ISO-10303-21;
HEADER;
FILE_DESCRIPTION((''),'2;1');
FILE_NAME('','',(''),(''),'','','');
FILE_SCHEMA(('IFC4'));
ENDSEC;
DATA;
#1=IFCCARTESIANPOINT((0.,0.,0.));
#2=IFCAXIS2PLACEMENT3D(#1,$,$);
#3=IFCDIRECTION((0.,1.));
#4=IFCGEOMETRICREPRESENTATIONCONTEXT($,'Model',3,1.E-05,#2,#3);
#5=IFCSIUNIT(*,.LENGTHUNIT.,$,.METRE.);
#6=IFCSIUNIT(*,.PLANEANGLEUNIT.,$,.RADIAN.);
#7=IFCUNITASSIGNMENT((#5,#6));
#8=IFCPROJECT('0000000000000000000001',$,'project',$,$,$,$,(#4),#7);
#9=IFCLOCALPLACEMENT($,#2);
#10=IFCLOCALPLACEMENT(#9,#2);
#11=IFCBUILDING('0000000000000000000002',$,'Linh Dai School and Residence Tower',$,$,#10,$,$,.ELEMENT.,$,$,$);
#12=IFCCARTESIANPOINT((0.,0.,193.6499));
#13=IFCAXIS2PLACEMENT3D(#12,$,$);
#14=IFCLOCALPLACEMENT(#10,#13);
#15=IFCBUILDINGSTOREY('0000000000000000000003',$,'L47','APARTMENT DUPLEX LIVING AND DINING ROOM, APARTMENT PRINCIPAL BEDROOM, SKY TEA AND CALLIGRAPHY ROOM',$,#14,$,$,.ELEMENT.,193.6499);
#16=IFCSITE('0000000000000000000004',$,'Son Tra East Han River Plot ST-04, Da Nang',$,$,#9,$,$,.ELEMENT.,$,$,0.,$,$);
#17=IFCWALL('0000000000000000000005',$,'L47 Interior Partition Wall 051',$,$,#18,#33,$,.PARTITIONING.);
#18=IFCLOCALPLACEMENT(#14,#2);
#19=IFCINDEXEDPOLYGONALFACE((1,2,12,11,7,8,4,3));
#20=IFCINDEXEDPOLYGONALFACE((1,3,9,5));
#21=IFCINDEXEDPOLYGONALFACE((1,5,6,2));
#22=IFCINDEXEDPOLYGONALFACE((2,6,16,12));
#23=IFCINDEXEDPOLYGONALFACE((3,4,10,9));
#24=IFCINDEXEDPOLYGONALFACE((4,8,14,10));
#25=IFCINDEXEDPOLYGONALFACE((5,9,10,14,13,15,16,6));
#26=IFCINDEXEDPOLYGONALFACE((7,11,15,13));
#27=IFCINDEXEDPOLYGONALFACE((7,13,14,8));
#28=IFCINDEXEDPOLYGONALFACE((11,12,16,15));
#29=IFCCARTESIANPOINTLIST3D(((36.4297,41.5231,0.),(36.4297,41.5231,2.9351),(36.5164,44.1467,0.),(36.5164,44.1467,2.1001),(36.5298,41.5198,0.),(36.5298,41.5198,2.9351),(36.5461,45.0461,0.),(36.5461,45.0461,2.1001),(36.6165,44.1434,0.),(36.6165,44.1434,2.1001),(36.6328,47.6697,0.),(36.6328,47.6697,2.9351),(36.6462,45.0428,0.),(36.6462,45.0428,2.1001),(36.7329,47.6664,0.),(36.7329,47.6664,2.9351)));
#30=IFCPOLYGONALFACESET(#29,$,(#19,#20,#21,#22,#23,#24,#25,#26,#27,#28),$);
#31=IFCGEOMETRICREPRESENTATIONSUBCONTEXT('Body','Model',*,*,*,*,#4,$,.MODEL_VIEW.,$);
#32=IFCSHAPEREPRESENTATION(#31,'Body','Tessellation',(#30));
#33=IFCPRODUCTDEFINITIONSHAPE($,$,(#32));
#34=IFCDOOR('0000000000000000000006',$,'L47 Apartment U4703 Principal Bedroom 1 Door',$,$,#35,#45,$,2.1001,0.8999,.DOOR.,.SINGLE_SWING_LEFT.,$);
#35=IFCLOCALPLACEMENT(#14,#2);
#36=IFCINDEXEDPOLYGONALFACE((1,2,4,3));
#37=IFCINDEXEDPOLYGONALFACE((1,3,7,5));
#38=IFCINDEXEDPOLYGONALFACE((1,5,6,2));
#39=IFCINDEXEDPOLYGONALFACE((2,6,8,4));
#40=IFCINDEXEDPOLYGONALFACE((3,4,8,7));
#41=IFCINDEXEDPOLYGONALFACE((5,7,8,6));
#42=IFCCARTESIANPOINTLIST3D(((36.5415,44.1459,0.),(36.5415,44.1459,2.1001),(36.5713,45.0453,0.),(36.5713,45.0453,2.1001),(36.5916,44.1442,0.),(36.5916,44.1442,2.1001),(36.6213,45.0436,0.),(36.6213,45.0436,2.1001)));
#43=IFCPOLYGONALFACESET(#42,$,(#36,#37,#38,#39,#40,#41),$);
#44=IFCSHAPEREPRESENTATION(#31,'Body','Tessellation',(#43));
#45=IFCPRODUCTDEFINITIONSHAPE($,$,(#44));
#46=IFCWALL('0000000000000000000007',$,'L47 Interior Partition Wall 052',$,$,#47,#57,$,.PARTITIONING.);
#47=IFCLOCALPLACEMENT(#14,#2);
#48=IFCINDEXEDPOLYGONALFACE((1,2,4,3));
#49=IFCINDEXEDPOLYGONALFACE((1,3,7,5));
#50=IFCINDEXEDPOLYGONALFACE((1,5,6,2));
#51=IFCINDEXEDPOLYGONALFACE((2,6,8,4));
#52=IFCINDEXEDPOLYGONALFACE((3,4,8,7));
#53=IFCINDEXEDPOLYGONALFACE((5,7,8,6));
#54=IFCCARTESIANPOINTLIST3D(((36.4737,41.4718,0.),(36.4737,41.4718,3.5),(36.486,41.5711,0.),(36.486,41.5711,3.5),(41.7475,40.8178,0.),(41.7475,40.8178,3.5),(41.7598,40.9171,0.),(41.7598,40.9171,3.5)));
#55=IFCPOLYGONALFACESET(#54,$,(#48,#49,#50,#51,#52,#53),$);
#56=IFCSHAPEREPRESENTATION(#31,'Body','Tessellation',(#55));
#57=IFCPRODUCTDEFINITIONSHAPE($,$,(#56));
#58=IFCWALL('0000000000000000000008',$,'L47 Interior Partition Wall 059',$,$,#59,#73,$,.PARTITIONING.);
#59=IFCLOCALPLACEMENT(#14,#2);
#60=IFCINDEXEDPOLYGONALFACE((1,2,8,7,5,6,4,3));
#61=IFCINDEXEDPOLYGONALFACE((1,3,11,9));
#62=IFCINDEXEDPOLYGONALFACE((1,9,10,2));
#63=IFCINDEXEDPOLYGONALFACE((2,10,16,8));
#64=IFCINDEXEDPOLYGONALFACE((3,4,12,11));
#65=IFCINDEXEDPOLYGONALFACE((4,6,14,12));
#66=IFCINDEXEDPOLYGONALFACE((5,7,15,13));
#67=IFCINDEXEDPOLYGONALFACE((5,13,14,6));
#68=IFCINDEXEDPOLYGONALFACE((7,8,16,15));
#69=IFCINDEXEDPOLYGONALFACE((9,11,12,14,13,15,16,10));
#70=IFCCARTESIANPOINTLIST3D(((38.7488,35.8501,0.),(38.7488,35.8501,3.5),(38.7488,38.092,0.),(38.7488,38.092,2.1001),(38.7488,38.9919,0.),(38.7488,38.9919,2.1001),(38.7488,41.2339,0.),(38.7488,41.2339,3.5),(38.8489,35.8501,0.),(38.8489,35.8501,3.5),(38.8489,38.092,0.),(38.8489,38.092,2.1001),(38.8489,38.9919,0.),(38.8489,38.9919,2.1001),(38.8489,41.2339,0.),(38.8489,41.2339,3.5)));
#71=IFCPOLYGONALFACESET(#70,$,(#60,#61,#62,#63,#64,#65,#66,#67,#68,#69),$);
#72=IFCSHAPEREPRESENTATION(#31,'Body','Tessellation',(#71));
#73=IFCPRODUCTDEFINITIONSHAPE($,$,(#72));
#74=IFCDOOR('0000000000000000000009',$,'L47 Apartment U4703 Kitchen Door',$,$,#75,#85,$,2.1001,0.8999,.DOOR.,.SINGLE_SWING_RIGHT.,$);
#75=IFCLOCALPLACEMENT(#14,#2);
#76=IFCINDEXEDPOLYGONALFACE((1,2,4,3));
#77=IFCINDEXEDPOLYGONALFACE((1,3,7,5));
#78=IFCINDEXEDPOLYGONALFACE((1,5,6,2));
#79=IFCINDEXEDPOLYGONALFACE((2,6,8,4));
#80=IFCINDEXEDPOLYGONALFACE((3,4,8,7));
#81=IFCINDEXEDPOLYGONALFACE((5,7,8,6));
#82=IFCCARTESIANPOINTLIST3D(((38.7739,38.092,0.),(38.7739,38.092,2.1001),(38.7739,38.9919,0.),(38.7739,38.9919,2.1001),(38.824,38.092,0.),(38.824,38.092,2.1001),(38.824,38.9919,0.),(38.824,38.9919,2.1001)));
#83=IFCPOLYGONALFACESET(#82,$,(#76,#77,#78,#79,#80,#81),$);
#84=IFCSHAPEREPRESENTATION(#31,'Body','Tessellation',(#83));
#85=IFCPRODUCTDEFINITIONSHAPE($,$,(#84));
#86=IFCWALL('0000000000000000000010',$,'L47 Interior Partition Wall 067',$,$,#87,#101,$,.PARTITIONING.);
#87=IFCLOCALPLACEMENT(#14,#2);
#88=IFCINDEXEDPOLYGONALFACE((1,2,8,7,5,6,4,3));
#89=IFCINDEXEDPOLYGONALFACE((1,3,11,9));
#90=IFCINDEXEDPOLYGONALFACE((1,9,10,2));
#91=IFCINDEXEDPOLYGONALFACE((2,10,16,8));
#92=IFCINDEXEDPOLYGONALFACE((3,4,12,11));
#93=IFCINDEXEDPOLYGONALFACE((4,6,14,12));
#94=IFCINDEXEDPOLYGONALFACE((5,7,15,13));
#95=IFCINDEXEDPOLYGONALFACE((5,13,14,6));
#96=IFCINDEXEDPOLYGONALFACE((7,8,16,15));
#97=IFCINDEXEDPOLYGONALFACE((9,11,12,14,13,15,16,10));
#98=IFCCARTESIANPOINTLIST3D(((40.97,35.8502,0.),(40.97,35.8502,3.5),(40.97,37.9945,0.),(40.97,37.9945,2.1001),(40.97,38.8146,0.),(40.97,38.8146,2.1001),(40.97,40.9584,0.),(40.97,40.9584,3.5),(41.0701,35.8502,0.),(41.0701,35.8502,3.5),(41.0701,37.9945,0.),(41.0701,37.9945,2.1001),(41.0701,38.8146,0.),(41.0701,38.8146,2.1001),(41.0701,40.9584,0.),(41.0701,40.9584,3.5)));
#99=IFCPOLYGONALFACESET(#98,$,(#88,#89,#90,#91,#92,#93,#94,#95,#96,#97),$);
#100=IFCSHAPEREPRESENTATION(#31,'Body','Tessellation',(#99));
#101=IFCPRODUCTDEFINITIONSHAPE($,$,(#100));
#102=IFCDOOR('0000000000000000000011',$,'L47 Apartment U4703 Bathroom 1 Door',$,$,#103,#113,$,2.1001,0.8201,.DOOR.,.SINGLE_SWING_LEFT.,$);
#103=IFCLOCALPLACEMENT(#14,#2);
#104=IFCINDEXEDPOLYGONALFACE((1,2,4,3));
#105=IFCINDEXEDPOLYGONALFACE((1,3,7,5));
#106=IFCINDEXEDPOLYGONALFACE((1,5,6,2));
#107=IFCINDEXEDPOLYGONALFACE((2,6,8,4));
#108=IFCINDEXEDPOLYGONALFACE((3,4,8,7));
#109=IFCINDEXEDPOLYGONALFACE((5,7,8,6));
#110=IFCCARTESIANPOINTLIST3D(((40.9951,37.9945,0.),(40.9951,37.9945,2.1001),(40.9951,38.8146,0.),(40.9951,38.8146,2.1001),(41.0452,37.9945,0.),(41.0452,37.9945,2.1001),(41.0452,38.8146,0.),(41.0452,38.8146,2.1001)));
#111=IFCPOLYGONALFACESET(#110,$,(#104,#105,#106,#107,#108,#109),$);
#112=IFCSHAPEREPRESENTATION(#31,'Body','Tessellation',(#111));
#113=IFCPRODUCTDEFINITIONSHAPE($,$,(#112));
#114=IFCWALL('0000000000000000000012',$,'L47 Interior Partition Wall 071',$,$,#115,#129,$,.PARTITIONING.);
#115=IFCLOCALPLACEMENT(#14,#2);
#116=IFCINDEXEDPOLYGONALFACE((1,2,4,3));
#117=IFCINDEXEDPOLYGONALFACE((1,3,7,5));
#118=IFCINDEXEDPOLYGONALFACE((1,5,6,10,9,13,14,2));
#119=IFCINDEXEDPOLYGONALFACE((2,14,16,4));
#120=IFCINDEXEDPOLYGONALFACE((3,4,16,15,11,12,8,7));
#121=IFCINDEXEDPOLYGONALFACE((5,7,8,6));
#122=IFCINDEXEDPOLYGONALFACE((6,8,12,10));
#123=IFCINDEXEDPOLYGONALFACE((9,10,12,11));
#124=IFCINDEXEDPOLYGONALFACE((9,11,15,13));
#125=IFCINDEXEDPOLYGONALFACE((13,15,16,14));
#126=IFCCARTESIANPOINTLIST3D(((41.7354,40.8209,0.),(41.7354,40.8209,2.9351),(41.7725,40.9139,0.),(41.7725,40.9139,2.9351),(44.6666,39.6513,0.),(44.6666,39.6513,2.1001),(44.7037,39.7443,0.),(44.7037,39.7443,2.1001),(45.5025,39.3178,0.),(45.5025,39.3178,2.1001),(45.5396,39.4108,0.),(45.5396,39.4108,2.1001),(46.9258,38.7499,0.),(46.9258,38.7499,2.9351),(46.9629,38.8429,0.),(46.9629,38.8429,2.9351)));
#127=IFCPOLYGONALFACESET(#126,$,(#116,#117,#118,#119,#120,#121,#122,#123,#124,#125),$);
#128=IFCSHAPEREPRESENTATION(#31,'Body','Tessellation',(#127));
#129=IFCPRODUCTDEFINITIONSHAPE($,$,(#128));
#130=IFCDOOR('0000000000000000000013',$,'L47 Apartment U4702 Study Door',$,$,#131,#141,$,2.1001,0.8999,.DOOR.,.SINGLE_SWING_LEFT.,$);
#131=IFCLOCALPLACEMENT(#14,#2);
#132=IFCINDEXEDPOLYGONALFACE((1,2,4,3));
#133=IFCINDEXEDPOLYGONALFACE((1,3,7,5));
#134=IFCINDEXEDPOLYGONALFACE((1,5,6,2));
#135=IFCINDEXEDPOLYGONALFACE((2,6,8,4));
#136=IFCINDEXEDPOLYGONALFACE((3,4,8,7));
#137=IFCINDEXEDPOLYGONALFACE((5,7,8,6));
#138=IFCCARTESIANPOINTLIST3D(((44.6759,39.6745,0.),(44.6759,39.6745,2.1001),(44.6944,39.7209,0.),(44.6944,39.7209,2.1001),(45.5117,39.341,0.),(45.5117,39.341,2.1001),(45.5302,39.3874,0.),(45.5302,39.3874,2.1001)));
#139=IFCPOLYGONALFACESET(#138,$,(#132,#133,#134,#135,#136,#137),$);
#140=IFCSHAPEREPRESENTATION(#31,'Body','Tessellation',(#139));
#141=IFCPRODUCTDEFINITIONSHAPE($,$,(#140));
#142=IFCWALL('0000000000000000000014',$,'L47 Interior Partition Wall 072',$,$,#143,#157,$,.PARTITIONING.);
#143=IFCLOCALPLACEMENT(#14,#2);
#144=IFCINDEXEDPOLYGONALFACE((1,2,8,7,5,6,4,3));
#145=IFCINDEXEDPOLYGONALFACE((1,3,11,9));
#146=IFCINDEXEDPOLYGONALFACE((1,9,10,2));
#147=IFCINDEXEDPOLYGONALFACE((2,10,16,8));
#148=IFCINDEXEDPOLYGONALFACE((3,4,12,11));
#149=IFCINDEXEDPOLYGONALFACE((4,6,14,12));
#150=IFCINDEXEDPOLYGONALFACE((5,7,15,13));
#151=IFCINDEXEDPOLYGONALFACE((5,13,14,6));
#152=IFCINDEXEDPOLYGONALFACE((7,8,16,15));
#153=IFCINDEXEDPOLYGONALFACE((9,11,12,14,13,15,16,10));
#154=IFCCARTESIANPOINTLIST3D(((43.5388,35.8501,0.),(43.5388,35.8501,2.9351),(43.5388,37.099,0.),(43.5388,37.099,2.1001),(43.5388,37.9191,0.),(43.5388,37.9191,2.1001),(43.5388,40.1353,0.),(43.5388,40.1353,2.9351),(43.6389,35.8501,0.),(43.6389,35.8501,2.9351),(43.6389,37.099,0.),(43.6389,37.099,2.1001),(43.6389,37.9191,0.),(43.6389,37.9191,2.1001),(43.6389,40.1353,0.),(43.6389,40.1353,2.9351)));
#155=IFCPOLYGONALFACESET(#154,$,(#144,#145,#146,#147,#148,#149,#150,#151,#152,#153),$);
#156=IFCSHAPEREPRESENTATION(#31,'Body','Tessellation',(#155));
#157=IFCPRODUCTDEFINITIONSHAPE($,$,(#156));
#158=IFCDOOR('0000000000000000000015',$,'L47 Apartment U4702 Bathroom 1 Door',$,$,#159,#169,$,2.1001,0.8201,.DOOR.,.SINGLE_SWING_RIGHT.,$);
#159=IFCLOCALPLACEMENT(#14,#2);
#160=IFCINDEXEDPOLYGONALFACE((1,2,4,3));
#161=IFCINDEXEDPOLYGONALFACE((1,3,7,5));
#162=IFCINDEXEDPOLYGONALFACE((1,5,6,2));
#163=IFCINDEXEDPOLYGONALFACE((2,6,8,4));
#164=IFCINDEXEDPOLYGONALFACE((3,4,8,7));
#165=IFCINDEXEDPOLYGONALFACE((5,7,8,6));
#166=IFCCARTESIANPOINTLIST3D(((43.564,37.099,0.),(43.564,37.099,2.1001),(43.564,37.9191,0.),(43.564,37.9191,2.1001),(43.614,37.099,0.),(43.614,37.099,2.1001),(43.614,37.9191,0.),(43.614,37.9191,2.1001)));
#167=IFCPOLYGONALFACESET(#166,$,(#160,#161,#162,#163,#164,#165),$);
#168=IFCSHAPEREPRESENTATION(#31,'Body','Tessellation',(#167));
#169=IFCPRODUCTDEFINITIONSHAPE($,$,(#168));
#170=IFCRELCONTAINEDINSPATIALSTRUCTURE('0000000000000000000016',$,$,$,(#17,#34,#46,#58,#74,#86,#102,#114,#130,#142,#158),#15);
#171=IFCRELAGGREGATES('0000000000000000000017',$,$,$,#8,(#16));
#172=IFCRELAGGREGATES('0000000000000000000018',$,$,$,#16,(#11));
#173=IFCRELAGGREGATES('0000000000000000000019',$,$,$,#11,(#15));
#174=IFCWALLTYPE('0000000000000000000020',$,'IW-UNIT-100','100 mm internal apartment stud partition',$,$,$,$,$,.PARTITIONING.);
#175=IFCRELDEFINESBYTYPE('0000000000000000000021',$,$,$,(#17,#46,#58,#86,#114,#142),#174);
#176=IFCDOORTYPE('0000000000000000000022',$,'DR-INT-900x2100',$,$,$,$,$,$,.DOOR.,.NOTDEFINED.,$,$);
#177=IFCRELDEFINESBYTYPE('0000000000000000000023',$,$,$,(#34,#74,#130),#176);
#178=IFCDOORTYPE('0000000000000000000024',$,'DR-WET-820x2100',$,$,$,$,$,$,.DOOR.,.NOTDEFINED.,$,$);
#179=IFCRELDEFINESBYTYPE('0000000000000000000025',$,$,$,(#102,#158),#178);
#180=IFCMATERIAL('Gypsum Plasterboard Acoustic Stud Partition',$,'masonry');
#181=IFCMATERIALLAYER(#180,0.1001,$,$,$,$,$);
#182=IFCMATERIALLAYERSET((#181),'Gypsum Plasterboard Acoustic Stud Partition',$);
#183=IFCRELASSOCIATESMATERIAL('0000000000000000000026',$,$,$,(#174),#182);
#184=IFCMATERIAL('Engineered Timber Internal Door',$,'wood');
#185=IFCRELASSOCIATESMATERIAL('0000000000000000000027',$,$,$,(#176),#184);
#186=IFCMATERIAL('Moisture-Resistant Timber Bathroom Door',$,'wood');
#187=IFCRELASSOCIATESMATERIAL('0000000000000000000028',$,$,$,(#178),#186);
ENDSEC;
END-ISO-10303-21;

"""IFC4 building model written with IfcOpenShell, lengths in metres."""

from ifc_helpers import new_model, si_unit, direction, frame, frame_2d, origin, origin_2d, place, context, subcontext, project, spatial, rectangle, extrude, source, transform, mapped, material, layer, layer_set, type_object, element, fill, save


model = new_model("IFC4")

# Units and contexts
model_context = context("Model", 3, precision=1e-05, world=origin(), true_north=direction((0.0, 1.0)))
body_context = subcontext(model_context, "Body", "Model", "MODEL_VIEW")
ifc_project = project(units=[si_unit("LENGTHUNIT", "METRE"), si_unit("PLANEANGLEUNIT", "RADIAN")], contexts=[model_context])

# Site, building, storey
site_placement = place(None, origin())
site = spatial("IfcSite", under=ifc_project, at=site_placement, Name="Son Tra East Han River Plot ST-04, Da Nang", CompositionType="ELEMENT", RefElevation=0.0)
building_placement = place(site_placement, origin())
building = spatial("IfcBuilding", under=site, at=building_placement, Name="Linh Dai School and Residence Tower", CompositionType="ELEMENT")
storey_placement = place(building_placement, frame((0.0, 0.0, 193.6499)))
storey = spatial("IfcBuildingStorey", under=building, at=storey_placement, Name="L47", Description="APARTMENT DUPLEX LIVING AND DINING ROOM, APARTMENT PRINCIPAL BEDROOM, SKY TEA AND CALLIGRAPHY ROOM", CompositionType="ELEMENT", Elevation=193.6499)

# Wall, opening, door
ifc_material_1 = material(Name="Gypsum Plasterboard Acoustic Stud Partition", Category="masonry")
ifc_layer_1 = layer(ifc_material_1, 0.1001)
ifc_layer_set_1 = layer_set([ifc_layer_1], Name="Gypsum Plasterboard Acoustic Stud Partition")
wall_type_1 = type_object("IfcWallType", Name="IW-UNIT-100", Description="100 mm internal apartment stud partition", PredefinedType="PARTITIONING", material=ifc_layer_set_1)
wall_1_placement = place(storey_placement, frame((36.4797, 41.5215, 0.0), z_axis=(0.0, 0.0, 1.0), x_axis=(0.033029, 0.999454, 0.0)))
wall_1 = element("IfcWall", 1, at=wall_1_placement, inside=storey, type_object=wall_type_1, Name="L47 Interior Partition Wall 051", PredefinedType="PARTITIONING", context=body_context, shape_type="SweptSolid", body=[
    extrude(rectangle(XDim=6.1499, YDim=0.1001, at=frame_2d((3.075, 0.0))), origin(), (0.0, 0.0, 1.0), 2.9351),
])
opening_1_placement = place(wall_1_placement, frame((2.625, 0.0, 0.0)))
opening_1 = element("IfcOpeningElement", 2, at=opening_1_placement, cuts=wall_1, PredefinedType="OPENING", context=body_context, shape_type="SweptSolid", body=[
    extrude(rectangle(XDim=0.8999, YDim=2.1001, at=origin_2d()), frame((0.45, 0.0601, 1.05), z_axis=(0.0, -1.0, 0.0), x_axis=(1.0, 0.0, 0.0)), (0.0, 0.0, 1.0), 0.1201),
])
ifc_material_2 = material(Name="Engineered Timber Internal Door", Category="wood")
door_type_1 = type_object("IfcDoorType", Name="DR-INT-900x2100", OperationType="NOTDEFINED", PredefinedType="DOOR", material=ifc_material_2)
shared_shape_1 = source(origin(), body_context, "Body", "SweptSolid", [
    extrude(rectangle(XDim=0.8999, YDim=2.1001, at=origin_2d()), frame((0.45, 0.0249, 1.05), z_axis=(0.0, -1.0, 0.0), x_axis=(1.0, 0.0, 0.0)), (0.0, 0.0, 1.0), 0.05),
])
door_1_placement = place(opening_1_placement, origin())
door_1 = element("IfcDoor", 3, at=door_1_placement, inside=storey, type_object=door_type_1, Name="L47 Apartment U4703 Principal Bedroom 1 Door", OperationType="SINGLE_SWING_LEFT", OverallHeight=2.1001, OverallWidth=0.8999, PredefinedType="DOOR", context=body_context, shape_type="MappedRepresentation", body=[
    mapped(shared_shape_1, transform((0.0, 0.0, 0.0), x_axis=(1.0, 0.0, 0.0), y_axis=(0.0, 1.0, 0.0), z_axis=(0.0, 0.0, 1.0), scale=1.0)),
])
fill(opening_1, door_1)

# Wall
wall_2_placement = place(storey_placement, frame((36.4797, 41.5215, 0.0), z_axis=(0.0, 0.0, 1.0), x_axis=(0.992398, -0.123073, 0.0)))
element("IfcWall", 4, at=wall_2_placement, inside=storey, type_object=wall_type_1, Name="L47 Interior Partition Wall 052", PredefinedType="PARTITIONING", context=body_context, shape_type="SweptSolid", body=[
    extrude(rectangle(XDim=5.3142, YDim=0.1001, at=frame_2d((2.6572, 0.0))), origin(), (0.0, 0.0, 1.0), 3.5),
])

# Walls, openings, doors
wall_3_placement = place(storey_placement, frame((38.7988, 35.8501, 0.0), z_axis=(0.0, 0.0, 1.0), x_axis=(0.0, 1.0, 0.0)))
wall_3 = element("IfcWall", 5, at=wall_3_placement, inside=storey, type_object=wall_type_1, Name="L47 Interior Partition Wall 059", PredefinedType="PARTITIONING", context=body_context, shape_type="SweptSolid", body=[
    extrude(rectangle(XDim=5.3838, YDim=0.1001, at=frame_2d((2.6919, 0.0))), origin(), (0.0, 0.0, 1.0), 3.5),
])
opening_2_placement = place(wall_3_placement, frame((2.2419, 0.0, 0.0)))
opening_2 = element("IfcOpeningElement", 6, at=opening_2_placement, cuts=wall_3, PredefinedType="OPENING", context=body_context, shape_type="SweptSolid", body=[
    extrude(rectangle(XDim=0.8999, YDim=2.1001, at=origin_2d()), frame((0.45, 0.0601, 1.05), z_axis=(0.0, -1.0, 0.0), x_axis=(1.0, 0.0, 0.0)), (0.0, 0.0, 1.0), 0.1201),
])
door_2_placement = place(opening_2_placement, origin())
door_2 = element("IfcDoor", 7, at=door_2_placement, inside=storey, type_object=door_type_1, Name="L47 Apartment U4703 Kitchen Door", OperationType="SINGLE_SWING_RIGHT", OverallHeight=2.1001, OverallWidth=0.8999, PredefinedType="DOOR", context=body_context, shape_type="MappedRepresentation", body=[
    mapped(shared_shape_1, transform((0.0, 0.0, 0.0), x_axis=(1.0, 0.0, 0.0), y_axis=(0.0, 1.0, 0.0), z_axis=(0.0, 0.0, 1.0), scale=1.0)),
])
fill(opening_2, door_2)
wall_4_placement = place(storey_placement, frame((41.02, 35.8501, 0.0), z_axis=(0.0, 0.0, 1.0), x_axis=(0.0, 1.0, 0.0)))
wall_4 = element("IfcWall", 8, at=wall_4_placement, inside=storey, type_object=wall_type_1, Name="L47 Interior Partition Wall 067", PredefinedType="PARTITIONING", context=body_context, shape_type="SweptSolid", body=[
    extrude(rectangle(XDim=5.1082, YDim=0.1001, at=frame_2d((2.5542, 0.0))), origin(), (0.0, 0.0, 1.0), 3.5),
])
opening_3_placement = place(wall_4_placement, frame((2.1443, 0.0, 0.0)))
opening_3 = element("IfcOpeningElement", 9, at=opening_3_placement, cuts=wall_4, PredefinedType="OPENING", context=body_context, shape_type="SweptSolid", body=[
    extrude(rectangle(XDim=0.8201, YDim=2.1001, at=origin_2d()), frame((0.4102, 0.0601, 1.05), z_axis=(0.0, -1.0, 0.0), x_axis=(1.0, 0.0, 0.0)), (0.0, 0.0, 1.0), 0.1201),
])
ifc_material_3 = material(Name="Moisture-Resistant Timber Bathroom Door", Category="wood")
door_type_2 = type_object("IfcDoorType", Name="DR-WET-820x2100", OperationType="NOTDEFINED", PredefinedType="DOOR", material=ifc_material_3)
shared_shape_2 = source(origin(), body_context, "Body", "SweptSolid", [
    extrude(rectangle(XDim=0.8201, YDim=2.1001, at=origin_2d()), frame((0.4102, 0.0249, 1.05), z_axis=(0.0, -1.0, 0.0), x_axis=(1.0, 0.0, 0.0)), (0.0, 0.0, 1.0), 0.05),
])
door_3_placement = place(opening_3_placement, origin())
door_3 = element("IfcDoor", 10, at=door_3_placement, inside=storey, type_object=door_type_2, Name="L47 Apartment U4703 Bathroom 1 Door", OperationType="SINGLE_SWING_LEFT", OverallHeight=2.1001, OverallWidth=0.8201, PredefinedType="DOOR", context=body_context, shape_type="MappedRepresentation", body=[
    mapped(shared_shape_2, transform((0.0, 0.0, 0.0), x_axis=(1.0, 0.0, 0.0), y_axis=(0.0, 1.0, 0.0), z_axis=(0.0, 0.0, 1.0), scale=1.0)),
])
fill(opening_3, door_3)
wall_5_placement = place(storey_placement, frame((41.7539, 40.8674, 0.0), z_axis=(0.0, 0.0, 1.0), x_axis=(0.928793, -0.3706, 0.0)))
wall_5 = element("IfcWall", 11, at=wall_5_placement, inside=storey, type_object=wall_type_1, Name="L47 Interior Partition Wall 071", PredefinedType="PARTITIONING", context=body_context, shape_type="SweptSolid", body=[
    extrude(rectangle(XDim=5.5884, YDim=0.1001, at=frame_2d((2.7942, 0.0))), origin(), (0.0, 0.0, 1.0), 2.9351),
])
opening_4_placement = place(wall_5_placement, frame((3.156, 0.0, 0.0)))
opening_4 = element("IfcOpeningElement", 12, at=opening_4_placement, cuts=wall_5, PredefinedType="OPENING", context=body_context, shape_type="SweptSolid", body=[
    extrude(rectangle(XDim=0.8999, YDim=2.1001, at=origin_2d()), frame((0.45, 0.0601, 1.05), z_axis=(0.0, -1.0, 0.0), x_axis=(1.0, 0.0, 0.0)), (0.0, 0.0, 1.0), 0.1201),
])
door_4_placement = place(opening_4_placement, origin())
door_4 = element("IfcDoor", 13, at=door_4_placement, inside=storey, type_object=door_type_1, Name="L47 Apartment U4702 Study Door", OperationType="SINGLE_SWING_LEFT", OverallHeight=2.1001, OverallWidth=0.8999, PredefinedType="DOOR", context=body_context, shape_type="MappedRepresentation", body=[
    mapped(shared_shape_1, transform((0.0, 0.0, 0.0), x_axis=(1.0, 0.0, 0.0), y_axis=(0.0, 1.0, 0.0), z_axis=(0.0, 0.0, 1.0), scale=1.0)),
])
fill(opening_4, door_4)
wall_6_placement = place(storey_placement, frame((43.5889, 35.8501, 0.0), z_axis=(0.0, 0.0, 1.0), x_axis=(0.0, 1.0, 0.0)))
wall_6 = element("IfcWall", 14, at=wall_6_placement, inside=storey, type_object=wall_type_1, Name="L47 Interior Partition Wall 072", PredefinedType="PARTITIONING", context=body_context, shape_type="SweptSolid", body=[
    extrude(rectangle(XDim=4.2852, YDim=0.1001, at=frame_2d((2.1426, 0.0))), origin(), (0.0, 0.0, 1.0), 2.9351),
])
opening_5_placement = place(wall_6_placement, frame((1.2488, 0.0, 0.0)))
opening_5 = element("IfcOpeningElement", 15, at=opening_5_placement, cuts=wall_6, PredefinedType="OPENING", context=body_context, shape_type="SweptSolid", body=[
    extrude(rectangle(XDim=0.8201, YDim=2.1001, at=origin_2d()), frame((0.4102, 0.0601, 1.05), z_axis=(0.0, -1.0, 0.0), x_axis=(1.0, 0.0, 0.0)), (0.0, 0.0, 1.0), 0.1201),
])
door_5_placement = place(opening_5_placement, origin())
door_5 = element("IfcDoor", 16, at=door_5_placement, inside=storey, type_object=door_type_2, Name="L47 Apartment U4702 Bathroom 1 Door", OperationType="SINGLE_SWING_RIGHT", OverallHeight=2.1001, OverallWidth=0.8201, PredefinedType="DOOR", context=body_context, shape_type="MappedRepresentation", body=[
    mapped(shared_shape_2, transform((0.0, 0.0, 0.0), x_axis=(1.0, 0.0, 0.0), y_axis=(0.0, 1.0, 0.0), z_axis=(0.0, 0.0, 1.0), scale=1.0)),
])
fill(opening_5, door_5)

save(model, "model.ifc")
